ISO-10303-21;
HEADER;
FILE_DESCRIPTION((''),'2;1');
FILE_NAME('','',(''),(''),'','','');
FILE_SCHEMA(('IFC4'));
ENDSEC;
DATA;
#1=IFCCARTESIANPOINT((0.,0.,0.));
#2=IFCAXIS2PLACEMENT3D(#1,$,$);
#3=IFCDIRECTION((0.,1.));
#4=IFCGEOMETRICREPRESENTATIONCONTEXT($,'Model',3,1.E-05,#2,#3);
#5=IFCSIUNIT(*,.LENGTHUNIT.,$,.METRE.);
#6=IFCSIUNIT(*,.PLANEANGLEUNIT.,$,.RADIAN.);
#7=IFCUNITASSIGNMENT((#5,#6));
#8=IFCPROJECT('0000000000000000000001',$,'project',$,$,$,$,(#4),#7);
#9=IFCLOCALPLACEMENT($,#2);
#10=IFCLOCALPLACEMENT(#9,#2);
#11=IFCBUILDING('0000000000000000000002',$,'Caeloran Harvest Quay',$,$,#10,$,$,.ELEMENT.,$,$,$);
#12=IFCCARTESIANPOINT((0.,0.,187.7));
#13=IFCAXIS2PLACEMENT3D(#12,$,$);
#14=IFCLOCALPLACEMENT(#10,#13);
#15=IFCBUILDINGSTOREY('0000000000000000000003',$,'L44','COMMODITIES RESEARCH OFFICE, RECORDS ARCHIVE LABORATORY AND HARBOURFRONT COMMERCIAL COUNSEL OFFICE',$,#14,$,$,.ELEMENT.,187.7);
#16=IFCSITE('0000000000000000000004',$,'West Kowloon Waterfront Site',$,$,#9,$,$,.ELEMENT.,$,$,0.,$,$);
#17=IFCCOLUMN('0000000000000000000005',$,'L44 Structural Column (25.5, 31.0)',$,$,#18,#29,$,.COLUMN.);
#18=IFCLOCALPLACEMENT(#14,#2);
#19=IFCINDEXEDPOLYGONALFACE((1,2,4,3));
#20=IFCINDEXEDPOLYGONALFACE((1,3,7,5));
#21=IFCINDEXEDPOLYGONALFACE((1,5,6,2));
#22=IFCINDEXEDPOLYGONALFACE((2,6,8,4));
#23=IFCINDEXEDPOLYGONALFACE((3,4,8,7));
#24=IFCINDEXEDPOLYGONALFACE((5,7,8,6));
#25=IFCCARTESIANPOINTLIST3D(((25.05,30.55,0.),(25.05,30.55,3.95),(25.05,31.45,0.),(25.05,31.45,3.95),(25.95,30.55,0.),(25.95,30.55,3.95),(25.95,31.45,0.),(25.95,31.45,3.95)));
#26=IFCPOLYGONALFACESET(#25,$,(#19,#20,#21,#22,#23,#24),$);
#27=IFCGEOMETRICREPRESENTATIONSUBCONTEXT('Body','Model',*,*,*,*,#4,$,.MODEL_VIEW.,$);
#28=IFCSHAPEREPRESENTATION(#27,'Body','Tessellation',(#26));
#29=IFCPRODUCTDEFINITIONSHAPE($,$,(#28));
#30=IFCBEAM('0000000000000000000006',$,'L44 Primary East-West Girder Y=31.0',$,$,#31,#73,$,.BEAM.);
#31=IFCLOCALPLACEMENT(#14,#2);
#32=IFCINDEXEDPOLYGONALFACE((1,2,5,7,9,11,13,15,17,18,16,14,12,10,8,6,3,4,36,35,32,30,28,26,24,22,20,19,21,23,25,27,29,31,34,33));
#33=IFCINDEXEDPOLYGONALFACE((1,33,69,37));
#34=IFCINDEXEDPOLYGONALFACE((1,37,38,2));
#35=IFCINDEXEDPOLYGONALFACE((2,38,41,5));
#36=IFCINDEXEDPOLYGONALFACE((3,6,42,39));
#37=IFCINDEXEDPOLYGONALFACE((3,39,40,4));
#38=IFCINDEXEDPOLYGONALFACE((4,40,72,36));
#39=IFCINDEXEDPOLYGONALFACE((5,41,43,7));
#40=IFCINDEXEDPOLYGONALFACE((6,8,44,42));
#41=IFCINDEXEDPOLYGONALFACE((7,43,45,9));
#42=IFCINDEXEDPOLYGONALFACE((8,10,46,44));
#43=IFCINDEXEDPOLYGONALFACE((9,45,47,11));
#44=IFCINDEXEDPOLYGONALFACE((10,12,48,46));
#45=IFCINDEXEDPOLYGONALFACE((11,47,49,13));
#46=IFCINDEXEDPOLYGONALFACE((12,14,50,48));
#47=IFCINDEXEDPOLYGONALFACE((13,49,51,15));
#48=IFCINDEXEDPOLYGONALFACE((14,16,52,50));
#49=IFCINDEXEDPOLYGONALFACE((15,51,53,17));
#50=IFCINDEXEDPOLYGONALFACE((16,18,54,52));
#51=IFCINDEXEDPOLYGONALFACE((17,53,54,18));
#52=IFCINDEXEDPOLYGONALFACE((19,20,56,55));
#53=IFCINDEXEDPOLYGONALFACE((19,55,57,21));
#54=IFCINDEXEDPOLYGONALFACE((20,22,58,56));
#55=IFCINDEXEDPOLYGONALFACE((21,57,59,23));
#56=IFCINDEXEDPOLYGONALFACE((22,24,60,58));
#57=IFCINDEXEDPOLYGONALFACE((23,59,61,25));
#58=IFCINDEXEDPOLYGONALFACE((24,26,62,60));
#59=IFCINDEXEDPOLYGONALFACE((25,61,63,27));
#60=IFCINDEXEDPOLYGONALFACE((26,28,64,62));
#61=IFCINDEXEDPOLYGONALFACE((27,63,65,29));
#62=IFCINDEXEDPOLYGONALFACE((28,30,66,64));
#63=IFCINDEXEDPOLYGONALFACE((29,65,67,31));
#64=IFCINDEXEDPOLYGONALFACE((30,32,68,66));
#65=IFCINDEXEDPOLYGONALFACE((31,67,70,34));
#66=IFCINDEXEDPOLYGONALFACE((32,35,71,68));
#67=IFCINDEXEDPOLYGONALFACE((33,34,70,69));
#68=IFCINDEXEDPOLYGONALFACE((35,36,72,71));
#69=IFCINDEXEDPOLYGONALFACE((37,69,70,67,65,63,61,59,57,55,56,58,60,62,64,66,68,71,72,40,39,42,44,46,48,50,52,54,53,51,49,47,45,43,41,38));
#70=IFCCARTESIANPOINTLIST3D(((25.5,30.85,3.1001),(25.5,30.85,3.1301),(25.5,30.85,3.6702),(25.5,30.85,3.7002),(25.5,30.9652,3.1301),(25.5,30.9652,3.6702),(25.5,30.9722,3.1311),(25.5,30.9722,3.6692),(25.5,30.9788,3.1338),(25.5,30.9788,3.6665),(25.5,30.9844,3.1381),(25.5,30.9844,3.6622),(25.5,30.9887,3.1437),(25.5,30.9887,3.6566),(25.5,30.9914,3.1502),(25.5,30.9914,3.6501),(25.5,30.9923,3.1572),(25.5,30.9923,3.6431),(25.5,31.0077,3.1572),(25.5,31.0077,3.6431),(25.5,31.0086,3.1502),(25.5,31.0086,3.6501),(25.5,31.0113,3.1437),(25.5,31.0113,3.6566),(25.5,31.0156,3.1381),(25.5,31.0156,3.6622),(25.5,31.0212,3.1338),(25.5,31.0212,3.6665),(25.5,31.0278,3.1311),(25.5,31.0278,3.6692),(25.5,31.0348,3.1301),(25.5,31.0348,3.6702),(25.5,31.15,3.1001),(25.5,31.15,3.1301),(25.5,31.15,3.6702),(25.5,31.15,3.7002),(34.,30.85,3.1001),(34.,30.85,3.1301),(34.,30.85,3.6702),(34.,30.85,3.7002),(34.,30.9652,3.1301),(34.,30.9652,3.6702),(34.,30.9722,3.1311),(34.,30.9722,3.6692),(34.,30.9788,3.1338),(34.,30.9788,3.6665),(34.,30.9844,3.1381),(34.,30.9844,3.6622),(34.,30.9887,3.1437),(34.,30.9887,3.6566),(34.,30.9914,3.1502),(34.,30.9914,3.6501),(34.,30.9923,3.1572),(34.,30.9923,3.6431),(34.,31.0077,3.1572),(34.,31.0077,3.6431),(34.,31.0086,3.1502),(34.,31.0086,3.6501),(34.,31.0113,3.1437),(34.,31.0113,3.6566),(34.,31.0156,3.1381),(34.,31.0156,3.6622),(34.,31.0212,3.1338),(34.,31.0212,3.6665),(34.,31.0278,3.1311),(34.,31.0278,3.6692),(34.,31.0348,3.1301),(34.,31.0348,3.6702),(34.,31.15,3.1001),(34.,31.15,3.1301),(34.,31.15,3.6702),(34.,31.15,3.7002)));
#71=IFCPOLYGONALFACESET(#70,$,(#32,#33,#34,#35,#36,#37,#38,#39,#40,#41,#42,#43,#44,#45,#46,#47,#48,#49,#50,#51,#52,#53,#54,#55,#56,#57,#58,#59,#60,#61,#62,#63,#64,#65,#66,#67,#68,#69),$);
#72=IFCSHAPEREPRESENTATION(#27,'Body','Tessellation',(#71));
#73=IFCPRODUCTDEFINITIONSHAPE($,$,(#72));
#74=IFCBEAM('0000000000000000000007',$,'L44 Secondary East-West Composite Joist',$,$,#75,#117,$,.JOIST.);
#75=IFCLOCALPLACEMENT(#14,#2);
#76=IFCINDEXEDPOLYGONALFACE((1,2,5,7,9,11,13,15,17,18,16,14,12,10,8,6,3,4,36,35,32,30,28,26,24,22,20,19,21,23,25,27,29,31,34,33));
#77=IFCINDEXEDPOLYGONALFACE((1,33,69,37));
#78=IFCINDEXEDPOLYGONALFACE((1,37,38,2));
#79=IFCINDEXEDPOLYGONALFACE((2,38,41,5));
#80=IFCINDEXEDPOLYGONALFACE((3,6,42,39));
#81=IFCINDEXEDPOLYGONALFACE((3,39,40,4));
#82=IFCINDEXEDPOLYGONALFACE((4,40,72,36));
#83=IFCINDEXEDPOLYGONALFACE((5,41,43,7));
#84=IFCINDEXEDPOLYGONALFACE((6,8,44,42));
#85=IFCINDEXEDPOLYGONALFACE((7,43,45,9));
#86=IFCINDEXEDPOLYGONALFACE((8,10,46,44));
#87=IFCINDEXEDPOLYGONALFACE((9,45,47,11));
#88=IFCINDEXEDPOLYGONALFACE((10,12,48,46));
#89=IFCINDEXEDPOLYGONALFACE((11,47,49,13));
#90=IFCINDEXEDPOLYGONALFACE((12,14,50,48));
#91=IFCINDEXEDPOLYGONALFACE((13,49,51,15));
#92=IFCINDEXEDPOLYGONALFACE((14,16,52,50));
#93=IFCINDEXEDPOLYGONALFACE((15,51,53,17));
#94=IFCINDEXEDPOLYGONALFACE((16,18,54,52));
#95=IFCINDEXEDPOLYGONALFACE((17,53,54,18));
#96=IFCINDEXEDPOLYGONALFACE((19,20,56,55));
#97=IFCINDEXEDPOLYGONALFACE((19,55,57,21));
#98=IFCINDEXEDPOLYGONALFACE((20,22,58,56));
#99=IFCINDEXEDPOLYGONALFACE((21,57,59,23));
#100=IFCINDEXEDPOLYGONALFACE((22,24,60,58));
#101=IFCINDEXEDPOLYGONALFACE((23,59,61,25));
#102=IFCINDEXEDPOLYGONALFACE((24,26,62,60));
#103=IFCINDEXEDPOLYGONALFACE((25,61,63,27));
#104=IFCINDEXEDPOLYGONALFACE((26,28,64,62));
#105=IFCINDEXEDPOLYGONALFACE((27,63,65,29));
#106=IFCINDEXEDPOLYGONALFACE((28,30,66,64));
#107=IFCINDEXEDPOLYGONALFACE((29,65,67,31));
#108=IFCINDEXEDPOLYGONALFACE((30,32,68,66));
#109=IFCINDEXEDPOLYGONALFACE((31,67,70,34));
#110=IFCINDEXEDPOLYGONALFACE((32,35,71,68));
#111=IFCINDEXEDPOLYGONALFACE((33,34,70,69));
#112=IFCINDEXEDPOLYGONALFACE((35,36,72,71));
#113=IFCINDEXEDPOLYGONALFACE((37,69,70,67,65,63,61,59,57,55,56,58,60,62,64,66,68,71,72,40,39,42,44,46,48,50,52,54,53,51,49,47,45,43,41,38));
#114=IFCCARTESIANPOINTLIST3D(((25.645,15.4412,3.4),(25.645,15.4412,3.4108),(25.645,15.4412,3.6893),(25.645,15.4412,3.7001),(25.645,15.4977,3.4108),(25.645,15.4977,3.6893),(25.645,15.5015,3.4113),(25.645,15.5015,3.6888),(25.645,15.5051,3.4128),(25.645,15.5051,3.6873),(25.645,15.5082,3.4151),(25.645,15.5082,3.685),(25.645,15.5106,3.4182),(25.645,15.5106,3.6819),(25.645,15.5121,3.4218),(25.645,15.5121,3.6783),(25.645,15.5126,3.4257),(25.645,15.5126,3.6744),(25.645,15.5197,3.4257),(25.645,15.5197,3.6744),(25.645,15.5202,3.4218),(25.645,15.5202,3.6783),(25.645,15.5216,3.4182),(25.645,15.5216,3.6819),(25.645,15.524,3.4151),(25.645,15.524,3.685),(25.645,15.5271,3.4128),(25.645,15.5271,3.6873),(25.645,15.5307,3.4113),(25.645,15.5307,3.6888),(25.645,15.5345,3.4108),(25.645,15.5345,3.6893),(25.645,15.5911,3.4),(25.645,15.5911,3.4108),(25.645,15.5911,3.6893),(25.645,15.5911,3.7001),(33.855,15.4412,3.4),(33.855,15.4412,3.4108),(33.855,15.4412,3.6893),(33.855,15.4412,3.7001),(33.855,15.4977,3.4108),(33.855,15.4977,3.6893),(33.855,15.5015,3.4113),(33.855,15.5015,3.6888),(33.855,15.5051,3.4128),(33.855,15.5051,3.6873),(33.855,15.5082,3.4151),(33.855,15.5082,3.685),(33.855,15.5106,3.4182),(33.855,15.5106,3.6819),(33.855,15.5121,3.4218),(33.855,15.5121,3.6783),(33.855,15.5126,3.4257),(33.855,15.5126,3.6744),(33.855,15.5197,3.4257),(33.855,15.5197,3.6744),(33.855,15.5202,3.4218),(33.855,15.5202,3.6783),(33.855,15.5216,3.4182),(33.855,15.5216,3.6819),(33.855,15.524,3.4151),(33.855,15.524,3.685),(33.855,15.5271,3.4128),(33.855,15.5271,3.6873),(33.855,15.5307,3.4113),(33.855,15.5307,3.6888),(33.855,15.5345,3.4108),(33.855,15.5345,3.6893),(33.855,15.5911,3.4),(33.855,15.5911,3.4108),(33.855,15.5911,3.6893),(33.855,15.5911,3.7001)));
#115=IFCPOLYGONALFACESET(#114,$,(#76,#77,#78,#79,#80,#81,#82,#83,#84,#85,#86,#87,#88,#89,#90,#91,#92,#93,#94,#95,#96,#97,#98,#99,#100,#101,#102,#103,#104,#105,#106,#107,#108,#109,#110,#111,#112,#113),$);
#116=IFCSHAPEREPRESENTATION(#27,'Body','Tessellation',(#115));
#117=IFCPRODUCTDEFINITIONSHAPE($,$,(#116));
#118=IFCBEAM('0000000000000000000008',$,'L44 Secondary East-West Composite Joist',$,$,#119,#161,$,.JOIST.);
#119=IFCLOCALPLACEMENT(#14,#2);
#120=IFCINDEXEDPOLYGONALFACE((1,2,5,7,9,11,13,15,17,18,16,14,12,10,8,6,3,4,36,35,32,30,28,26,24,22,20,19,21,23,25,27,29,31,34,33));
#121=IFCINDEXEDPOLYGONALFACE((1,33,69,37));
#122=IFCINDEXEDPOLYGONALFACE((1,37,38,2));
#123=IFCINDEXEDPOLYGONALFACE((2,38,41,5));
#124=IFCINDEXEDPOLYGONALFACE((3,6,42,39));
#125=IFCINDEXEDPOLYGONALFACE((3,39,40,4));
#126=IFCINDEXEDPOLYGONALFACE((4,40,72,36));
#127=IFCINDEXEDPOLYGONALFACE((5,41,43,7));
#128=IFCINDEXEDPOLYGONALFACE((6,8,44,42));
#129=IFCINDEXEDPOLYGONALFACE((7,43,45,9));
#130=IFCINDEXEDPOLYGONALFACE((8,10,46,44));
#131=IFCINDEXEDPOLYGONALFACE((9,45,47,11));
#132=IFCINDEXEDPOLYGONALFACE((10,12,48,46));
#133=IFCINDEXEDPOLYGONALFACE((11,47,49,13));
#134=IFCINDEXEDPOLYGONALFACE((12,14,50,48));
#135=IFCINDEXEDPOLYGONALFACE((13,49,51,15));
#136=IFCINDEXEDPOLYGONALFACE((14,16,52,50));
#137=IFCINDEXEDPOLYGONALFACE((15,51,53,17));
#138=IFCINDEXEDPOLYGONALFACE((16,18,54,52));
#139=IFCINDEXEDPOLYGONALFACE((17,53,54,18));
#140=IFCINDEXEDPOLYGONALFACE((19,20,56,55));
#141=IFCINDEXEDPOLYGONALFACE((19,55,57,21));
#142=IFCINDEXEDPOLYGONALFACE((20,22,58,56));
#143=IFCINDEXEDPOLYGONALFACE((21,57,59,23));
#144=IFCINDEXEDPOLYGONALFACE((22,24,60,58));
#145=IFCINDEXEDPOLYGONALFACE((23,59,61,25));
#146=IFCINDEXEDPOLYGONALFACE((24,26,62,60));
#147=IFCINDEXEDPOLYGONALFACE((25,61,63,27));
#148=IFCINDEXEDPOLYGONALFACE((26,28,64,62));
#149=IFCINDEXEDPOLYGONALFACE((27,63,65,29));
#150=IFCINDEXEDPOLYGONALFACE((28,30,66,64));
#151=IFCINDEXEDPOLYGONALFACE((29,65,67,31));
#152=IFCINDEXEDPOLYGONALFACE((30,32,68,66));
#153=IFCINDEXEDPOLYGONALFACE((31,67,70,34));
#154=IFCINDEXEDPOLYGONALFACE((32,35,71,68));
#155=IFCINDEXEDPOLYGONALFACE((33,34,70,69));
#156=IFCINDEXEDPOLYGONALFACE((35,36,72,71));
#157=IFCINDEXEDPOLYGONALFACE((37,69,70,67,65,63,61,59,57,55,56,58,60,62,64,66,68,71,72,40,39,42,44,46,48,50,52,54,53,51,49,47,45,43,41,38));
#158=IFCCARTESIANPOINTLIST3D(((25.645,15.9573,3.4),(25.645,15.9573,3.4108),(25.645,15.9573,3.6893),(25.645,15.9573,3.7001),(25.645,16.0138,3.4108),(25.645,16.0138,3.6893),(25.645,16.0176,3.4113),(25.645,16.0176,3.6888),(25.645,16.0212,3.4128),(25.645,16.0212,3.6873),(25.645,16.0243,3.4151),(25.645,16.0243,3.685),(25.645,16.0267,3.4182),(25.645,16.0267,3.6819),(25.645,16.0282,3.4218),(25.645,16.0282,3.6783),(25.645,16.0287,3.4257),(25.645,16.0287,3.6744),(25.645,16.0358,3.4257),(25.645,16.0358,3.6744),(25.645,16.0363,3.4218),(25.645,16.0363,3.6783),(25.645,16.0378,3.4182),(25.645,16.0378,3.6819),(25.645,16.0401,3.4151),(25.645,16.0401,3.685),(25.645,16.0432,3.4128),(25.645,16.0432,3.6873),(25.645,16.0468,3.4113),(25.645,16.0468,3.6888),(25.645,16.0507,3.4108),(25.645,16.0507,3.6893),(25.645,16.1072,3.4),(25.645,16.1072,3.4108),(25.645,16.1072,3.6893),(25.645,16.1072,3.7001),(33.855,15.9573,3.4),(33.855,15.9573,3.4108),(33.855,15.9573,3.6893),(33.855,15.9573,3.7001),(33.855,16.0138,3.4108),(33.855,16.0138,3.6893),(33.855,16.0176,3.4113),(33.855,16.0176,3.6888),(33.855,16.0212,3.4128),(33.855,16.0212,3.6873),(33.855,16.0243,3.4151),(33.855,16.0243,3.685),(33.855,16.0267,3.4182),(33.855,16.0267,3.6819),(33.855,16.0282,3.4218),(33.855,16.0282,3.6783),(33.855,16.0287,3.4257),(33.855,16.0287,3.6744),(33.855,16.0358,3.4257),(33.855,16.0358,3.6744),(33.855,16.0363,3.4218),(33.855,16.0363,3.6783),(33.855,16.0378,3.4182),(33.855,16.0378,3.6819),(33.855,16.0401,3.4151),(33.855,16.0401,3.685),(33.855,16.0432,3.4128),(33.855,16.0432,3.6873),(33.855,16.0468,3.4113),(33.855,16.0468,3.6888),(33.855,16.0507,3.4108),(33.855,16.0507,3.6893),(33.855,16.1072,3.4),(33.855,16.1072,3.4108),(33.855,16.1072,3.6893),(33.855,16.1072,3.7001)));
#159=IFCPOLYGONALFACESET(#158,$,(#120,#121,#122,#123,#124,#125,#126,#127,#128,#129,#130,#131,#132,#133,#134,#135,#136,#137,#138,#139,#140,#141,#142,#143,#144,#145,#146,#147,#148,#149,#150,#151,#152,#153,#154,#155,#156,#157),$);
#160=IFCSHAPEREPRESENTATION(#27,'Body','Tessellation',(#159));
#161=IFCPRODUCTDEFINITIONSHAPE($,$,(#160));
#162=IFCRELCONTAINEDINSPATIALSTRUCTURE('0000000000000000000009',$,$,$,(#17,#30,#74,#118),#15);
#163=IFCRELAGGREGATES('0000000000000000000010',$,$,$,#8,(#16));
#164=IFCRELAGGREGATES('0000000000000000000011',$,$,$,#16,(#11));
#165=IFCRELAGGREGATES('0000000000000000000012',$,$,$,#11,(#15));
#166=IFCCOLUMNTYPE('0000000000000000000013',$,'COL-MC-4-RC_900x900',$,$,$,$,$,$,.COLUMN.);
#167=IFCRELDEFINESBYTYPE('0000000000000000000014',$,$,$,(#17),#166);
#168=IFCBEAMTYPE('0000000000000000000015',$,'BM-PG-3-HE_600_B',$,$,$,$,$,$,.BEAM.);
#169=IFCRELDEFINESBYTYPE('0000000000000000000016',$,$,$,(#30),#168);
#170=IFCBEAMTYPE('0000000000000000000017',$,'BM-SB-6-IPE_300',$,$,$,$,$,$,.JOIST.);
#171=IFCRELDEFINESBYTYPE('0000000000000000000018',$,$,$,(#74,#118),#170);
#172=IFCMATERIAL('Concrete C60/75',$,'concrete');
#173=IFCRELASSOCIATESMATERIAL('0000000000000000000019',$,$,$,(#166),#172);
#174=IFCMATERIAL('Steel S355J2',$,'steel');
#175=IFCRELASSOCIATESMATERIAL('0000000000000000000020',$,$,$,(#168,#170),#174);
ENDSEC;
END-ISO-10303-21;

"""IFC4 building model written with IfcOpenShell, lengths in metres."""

from ifc_helpers import new_model, si_unit, direction, frame, origin, origin_2d, place, context, subcontext, project, spatial, rectangle, i_section, extrude, material, material_profile, profile_set, type_object, element, save


model = new_model("IFC4")

# Units and contexts
model_context = context("Model", 3, precision=1e-05, world=origin(), true_north=direction((0.0, 1.0)))
body_context = subcontext(model_context, "Body", "Model", "MODEL_VIEW")
ifc_project = project(units=[si_unit("LENGTHUNIT", "METRE"), si_unit("PLANEANGLEUNIT", "RADIAN")], contexts=[model_context])

# Site, building, storey
site_placement = place(None, origin())
site = spatial("IfcSite", under=ifc_project, at=site_placement, Name="West Kowloon Waterfront Site", CompositionType="ELEMENT", RefElevation=0.0)
building_placement = place(site_placement, origin())
building = spatial("IfcBuilding", under=site, at=building_placement, Name="Caeloran Harvest Quay", CompositionType="ELEMENT")
storey_placement = place(building_placement, frame((0.0, 0.0, 187.7)))
storey = spatial("IfcBuildingStorey", under=building, at=storey_placement, Name="L44", Description="COMMODITIES RESEARCH OFFICE, RECORDS ARCHIVE LABORATORY AND HARBOURFRONT COMMERCIAL COUNSEL OFFICE", CompositionType="ELEMENT", Elevation=187.7)

# Column
ifc_material_1 = material(Name="Concrete C60/75", Category="concrete")
ifc_material_profile_1 = material_profile(ifc_material_1, rectangle(XDim=0.8999, YDim=0.8999, at=origin_2d()), Name="RC 900x900")
ifc_profile_set_1 = profile_set([ifc_material_profile_1], Name="Concrete C60/75")
column_type = type_object("IfcColumnType", Name="COL-MC-4-RC_900x900", PredefinedType="COLUMN", material=ifc_profile_set_1)
column_placement = place(storey_placement, frame((25.5, 31.0, 0.0), z_axis=(0.0, 0.0, 1.0), x_axis=(1.0, 0.0, 0.0)))
element("IfcColumn", 1, at=column_placement, inside=storey, type_object=column_type, Name="L44 Structural Column (25.5, 31.0)", PredefinedType="COLUMN", context=body_context, shape_type="SweptSolid", body=[
    extrude(rectangle(XDim=0.8999, YDim=0.8999, at=origin_2d()), origin(), (0.0, 0.0, 1.0), 3.95),
])

# Beams
ifc_material_2 = material(Name="Steel S355J2", Category="steel")
ifc_material_profile_2 = material_profile(ifc_material_2, i_section(OverallWidth=0.3, OverallDepth=0.6001, WebThickness=0.0154, FlangeThickness=0.03, FilletRadius=0.0271, at=origin_2d()), Name="HE 600 B")
ifc_profile_set_2 = profile_set([ifc_material_profile_2], Name="Steel S355J2")
beam_type_1 = type_object("IfcBeamType", Name="BM-PG-3-HE_600_B", PredefinedType="BEAM", material=ifc_profile_set_2)
beam_1_placement = place(storey_placement, frame((25.5, 31.0, 3.4001), z_axis=(1.0, 0.0, 0.0), x_axis=(0.0, 1.0, 0.0)))
element("IfcBeam", 2, at=beam_1_placement, inside=storey, type_object=beam_type_1, Name="L44 Primary East-West Girder Y=31.0", PredefinedType="BEAM", context=body_context, shape_type="SweptSolid", body=[
    extrude(i_section(OverallWidth=0.3, OverallDepth=0.6001, WebThickness=0.0154, FlangeThickness=0.03, FilletRadius=0.0271, at=origin_2d()), origin(), (0.0, 0.0, 1.0), 8.5),
])
ifc_material_profile_3 = material_profile(ifc_material_2, i_section(OverallWidth=0.1499, OverallDepth=0.3, WebThickness=0.0071, FlangeThickness=0.0107, FilletRadius=0.0149, at=origin_2d()), Name="IPE 300")
ifc_profile_set_3 = profile_set([ifc_material_profile_3], Name="Steel S355J2")
beam_type_2 = type_object("IfcBeamType", Name="BM-SB-6-IPE_300", PredefinedType="JOIST", material=ifc_profile_set_3)
for number, where, z_axis, x_axis, name in (
    (3, (25.645, 15.5161, 3.55), (1.0, 0.0, 0.0), (0.0, 1.0, 0.0), "L44 Secondary East-West Composite Joist"),
    (4, (25.645, 16.0322, 3.55), (1.0, 0.0, 0.0), (0.0, 1.0, 0.0), "L44 Secondary East-West Composite Joist"),
):
    element("IfcBeam", number, at=place(storey_placement, frame(where, z_axis=z_axis, x_axis=x_axis)), inside=storey, type_object=beam_type_2, Name=name, PredefinedType="JOIST", context=body_context, shape_type="SweptSolid", body=[
        extrude(i_section(OverallWidth=0.1499, OverallDepth=0.3, WebThickness=0.0071, FlangeThickness=0.0107, FilletRadius=0.0149, at=origin_2d()), origin(), (0.0, 0.0, 1.0), 8.21),
    ])

save(model, "model.ifc")
